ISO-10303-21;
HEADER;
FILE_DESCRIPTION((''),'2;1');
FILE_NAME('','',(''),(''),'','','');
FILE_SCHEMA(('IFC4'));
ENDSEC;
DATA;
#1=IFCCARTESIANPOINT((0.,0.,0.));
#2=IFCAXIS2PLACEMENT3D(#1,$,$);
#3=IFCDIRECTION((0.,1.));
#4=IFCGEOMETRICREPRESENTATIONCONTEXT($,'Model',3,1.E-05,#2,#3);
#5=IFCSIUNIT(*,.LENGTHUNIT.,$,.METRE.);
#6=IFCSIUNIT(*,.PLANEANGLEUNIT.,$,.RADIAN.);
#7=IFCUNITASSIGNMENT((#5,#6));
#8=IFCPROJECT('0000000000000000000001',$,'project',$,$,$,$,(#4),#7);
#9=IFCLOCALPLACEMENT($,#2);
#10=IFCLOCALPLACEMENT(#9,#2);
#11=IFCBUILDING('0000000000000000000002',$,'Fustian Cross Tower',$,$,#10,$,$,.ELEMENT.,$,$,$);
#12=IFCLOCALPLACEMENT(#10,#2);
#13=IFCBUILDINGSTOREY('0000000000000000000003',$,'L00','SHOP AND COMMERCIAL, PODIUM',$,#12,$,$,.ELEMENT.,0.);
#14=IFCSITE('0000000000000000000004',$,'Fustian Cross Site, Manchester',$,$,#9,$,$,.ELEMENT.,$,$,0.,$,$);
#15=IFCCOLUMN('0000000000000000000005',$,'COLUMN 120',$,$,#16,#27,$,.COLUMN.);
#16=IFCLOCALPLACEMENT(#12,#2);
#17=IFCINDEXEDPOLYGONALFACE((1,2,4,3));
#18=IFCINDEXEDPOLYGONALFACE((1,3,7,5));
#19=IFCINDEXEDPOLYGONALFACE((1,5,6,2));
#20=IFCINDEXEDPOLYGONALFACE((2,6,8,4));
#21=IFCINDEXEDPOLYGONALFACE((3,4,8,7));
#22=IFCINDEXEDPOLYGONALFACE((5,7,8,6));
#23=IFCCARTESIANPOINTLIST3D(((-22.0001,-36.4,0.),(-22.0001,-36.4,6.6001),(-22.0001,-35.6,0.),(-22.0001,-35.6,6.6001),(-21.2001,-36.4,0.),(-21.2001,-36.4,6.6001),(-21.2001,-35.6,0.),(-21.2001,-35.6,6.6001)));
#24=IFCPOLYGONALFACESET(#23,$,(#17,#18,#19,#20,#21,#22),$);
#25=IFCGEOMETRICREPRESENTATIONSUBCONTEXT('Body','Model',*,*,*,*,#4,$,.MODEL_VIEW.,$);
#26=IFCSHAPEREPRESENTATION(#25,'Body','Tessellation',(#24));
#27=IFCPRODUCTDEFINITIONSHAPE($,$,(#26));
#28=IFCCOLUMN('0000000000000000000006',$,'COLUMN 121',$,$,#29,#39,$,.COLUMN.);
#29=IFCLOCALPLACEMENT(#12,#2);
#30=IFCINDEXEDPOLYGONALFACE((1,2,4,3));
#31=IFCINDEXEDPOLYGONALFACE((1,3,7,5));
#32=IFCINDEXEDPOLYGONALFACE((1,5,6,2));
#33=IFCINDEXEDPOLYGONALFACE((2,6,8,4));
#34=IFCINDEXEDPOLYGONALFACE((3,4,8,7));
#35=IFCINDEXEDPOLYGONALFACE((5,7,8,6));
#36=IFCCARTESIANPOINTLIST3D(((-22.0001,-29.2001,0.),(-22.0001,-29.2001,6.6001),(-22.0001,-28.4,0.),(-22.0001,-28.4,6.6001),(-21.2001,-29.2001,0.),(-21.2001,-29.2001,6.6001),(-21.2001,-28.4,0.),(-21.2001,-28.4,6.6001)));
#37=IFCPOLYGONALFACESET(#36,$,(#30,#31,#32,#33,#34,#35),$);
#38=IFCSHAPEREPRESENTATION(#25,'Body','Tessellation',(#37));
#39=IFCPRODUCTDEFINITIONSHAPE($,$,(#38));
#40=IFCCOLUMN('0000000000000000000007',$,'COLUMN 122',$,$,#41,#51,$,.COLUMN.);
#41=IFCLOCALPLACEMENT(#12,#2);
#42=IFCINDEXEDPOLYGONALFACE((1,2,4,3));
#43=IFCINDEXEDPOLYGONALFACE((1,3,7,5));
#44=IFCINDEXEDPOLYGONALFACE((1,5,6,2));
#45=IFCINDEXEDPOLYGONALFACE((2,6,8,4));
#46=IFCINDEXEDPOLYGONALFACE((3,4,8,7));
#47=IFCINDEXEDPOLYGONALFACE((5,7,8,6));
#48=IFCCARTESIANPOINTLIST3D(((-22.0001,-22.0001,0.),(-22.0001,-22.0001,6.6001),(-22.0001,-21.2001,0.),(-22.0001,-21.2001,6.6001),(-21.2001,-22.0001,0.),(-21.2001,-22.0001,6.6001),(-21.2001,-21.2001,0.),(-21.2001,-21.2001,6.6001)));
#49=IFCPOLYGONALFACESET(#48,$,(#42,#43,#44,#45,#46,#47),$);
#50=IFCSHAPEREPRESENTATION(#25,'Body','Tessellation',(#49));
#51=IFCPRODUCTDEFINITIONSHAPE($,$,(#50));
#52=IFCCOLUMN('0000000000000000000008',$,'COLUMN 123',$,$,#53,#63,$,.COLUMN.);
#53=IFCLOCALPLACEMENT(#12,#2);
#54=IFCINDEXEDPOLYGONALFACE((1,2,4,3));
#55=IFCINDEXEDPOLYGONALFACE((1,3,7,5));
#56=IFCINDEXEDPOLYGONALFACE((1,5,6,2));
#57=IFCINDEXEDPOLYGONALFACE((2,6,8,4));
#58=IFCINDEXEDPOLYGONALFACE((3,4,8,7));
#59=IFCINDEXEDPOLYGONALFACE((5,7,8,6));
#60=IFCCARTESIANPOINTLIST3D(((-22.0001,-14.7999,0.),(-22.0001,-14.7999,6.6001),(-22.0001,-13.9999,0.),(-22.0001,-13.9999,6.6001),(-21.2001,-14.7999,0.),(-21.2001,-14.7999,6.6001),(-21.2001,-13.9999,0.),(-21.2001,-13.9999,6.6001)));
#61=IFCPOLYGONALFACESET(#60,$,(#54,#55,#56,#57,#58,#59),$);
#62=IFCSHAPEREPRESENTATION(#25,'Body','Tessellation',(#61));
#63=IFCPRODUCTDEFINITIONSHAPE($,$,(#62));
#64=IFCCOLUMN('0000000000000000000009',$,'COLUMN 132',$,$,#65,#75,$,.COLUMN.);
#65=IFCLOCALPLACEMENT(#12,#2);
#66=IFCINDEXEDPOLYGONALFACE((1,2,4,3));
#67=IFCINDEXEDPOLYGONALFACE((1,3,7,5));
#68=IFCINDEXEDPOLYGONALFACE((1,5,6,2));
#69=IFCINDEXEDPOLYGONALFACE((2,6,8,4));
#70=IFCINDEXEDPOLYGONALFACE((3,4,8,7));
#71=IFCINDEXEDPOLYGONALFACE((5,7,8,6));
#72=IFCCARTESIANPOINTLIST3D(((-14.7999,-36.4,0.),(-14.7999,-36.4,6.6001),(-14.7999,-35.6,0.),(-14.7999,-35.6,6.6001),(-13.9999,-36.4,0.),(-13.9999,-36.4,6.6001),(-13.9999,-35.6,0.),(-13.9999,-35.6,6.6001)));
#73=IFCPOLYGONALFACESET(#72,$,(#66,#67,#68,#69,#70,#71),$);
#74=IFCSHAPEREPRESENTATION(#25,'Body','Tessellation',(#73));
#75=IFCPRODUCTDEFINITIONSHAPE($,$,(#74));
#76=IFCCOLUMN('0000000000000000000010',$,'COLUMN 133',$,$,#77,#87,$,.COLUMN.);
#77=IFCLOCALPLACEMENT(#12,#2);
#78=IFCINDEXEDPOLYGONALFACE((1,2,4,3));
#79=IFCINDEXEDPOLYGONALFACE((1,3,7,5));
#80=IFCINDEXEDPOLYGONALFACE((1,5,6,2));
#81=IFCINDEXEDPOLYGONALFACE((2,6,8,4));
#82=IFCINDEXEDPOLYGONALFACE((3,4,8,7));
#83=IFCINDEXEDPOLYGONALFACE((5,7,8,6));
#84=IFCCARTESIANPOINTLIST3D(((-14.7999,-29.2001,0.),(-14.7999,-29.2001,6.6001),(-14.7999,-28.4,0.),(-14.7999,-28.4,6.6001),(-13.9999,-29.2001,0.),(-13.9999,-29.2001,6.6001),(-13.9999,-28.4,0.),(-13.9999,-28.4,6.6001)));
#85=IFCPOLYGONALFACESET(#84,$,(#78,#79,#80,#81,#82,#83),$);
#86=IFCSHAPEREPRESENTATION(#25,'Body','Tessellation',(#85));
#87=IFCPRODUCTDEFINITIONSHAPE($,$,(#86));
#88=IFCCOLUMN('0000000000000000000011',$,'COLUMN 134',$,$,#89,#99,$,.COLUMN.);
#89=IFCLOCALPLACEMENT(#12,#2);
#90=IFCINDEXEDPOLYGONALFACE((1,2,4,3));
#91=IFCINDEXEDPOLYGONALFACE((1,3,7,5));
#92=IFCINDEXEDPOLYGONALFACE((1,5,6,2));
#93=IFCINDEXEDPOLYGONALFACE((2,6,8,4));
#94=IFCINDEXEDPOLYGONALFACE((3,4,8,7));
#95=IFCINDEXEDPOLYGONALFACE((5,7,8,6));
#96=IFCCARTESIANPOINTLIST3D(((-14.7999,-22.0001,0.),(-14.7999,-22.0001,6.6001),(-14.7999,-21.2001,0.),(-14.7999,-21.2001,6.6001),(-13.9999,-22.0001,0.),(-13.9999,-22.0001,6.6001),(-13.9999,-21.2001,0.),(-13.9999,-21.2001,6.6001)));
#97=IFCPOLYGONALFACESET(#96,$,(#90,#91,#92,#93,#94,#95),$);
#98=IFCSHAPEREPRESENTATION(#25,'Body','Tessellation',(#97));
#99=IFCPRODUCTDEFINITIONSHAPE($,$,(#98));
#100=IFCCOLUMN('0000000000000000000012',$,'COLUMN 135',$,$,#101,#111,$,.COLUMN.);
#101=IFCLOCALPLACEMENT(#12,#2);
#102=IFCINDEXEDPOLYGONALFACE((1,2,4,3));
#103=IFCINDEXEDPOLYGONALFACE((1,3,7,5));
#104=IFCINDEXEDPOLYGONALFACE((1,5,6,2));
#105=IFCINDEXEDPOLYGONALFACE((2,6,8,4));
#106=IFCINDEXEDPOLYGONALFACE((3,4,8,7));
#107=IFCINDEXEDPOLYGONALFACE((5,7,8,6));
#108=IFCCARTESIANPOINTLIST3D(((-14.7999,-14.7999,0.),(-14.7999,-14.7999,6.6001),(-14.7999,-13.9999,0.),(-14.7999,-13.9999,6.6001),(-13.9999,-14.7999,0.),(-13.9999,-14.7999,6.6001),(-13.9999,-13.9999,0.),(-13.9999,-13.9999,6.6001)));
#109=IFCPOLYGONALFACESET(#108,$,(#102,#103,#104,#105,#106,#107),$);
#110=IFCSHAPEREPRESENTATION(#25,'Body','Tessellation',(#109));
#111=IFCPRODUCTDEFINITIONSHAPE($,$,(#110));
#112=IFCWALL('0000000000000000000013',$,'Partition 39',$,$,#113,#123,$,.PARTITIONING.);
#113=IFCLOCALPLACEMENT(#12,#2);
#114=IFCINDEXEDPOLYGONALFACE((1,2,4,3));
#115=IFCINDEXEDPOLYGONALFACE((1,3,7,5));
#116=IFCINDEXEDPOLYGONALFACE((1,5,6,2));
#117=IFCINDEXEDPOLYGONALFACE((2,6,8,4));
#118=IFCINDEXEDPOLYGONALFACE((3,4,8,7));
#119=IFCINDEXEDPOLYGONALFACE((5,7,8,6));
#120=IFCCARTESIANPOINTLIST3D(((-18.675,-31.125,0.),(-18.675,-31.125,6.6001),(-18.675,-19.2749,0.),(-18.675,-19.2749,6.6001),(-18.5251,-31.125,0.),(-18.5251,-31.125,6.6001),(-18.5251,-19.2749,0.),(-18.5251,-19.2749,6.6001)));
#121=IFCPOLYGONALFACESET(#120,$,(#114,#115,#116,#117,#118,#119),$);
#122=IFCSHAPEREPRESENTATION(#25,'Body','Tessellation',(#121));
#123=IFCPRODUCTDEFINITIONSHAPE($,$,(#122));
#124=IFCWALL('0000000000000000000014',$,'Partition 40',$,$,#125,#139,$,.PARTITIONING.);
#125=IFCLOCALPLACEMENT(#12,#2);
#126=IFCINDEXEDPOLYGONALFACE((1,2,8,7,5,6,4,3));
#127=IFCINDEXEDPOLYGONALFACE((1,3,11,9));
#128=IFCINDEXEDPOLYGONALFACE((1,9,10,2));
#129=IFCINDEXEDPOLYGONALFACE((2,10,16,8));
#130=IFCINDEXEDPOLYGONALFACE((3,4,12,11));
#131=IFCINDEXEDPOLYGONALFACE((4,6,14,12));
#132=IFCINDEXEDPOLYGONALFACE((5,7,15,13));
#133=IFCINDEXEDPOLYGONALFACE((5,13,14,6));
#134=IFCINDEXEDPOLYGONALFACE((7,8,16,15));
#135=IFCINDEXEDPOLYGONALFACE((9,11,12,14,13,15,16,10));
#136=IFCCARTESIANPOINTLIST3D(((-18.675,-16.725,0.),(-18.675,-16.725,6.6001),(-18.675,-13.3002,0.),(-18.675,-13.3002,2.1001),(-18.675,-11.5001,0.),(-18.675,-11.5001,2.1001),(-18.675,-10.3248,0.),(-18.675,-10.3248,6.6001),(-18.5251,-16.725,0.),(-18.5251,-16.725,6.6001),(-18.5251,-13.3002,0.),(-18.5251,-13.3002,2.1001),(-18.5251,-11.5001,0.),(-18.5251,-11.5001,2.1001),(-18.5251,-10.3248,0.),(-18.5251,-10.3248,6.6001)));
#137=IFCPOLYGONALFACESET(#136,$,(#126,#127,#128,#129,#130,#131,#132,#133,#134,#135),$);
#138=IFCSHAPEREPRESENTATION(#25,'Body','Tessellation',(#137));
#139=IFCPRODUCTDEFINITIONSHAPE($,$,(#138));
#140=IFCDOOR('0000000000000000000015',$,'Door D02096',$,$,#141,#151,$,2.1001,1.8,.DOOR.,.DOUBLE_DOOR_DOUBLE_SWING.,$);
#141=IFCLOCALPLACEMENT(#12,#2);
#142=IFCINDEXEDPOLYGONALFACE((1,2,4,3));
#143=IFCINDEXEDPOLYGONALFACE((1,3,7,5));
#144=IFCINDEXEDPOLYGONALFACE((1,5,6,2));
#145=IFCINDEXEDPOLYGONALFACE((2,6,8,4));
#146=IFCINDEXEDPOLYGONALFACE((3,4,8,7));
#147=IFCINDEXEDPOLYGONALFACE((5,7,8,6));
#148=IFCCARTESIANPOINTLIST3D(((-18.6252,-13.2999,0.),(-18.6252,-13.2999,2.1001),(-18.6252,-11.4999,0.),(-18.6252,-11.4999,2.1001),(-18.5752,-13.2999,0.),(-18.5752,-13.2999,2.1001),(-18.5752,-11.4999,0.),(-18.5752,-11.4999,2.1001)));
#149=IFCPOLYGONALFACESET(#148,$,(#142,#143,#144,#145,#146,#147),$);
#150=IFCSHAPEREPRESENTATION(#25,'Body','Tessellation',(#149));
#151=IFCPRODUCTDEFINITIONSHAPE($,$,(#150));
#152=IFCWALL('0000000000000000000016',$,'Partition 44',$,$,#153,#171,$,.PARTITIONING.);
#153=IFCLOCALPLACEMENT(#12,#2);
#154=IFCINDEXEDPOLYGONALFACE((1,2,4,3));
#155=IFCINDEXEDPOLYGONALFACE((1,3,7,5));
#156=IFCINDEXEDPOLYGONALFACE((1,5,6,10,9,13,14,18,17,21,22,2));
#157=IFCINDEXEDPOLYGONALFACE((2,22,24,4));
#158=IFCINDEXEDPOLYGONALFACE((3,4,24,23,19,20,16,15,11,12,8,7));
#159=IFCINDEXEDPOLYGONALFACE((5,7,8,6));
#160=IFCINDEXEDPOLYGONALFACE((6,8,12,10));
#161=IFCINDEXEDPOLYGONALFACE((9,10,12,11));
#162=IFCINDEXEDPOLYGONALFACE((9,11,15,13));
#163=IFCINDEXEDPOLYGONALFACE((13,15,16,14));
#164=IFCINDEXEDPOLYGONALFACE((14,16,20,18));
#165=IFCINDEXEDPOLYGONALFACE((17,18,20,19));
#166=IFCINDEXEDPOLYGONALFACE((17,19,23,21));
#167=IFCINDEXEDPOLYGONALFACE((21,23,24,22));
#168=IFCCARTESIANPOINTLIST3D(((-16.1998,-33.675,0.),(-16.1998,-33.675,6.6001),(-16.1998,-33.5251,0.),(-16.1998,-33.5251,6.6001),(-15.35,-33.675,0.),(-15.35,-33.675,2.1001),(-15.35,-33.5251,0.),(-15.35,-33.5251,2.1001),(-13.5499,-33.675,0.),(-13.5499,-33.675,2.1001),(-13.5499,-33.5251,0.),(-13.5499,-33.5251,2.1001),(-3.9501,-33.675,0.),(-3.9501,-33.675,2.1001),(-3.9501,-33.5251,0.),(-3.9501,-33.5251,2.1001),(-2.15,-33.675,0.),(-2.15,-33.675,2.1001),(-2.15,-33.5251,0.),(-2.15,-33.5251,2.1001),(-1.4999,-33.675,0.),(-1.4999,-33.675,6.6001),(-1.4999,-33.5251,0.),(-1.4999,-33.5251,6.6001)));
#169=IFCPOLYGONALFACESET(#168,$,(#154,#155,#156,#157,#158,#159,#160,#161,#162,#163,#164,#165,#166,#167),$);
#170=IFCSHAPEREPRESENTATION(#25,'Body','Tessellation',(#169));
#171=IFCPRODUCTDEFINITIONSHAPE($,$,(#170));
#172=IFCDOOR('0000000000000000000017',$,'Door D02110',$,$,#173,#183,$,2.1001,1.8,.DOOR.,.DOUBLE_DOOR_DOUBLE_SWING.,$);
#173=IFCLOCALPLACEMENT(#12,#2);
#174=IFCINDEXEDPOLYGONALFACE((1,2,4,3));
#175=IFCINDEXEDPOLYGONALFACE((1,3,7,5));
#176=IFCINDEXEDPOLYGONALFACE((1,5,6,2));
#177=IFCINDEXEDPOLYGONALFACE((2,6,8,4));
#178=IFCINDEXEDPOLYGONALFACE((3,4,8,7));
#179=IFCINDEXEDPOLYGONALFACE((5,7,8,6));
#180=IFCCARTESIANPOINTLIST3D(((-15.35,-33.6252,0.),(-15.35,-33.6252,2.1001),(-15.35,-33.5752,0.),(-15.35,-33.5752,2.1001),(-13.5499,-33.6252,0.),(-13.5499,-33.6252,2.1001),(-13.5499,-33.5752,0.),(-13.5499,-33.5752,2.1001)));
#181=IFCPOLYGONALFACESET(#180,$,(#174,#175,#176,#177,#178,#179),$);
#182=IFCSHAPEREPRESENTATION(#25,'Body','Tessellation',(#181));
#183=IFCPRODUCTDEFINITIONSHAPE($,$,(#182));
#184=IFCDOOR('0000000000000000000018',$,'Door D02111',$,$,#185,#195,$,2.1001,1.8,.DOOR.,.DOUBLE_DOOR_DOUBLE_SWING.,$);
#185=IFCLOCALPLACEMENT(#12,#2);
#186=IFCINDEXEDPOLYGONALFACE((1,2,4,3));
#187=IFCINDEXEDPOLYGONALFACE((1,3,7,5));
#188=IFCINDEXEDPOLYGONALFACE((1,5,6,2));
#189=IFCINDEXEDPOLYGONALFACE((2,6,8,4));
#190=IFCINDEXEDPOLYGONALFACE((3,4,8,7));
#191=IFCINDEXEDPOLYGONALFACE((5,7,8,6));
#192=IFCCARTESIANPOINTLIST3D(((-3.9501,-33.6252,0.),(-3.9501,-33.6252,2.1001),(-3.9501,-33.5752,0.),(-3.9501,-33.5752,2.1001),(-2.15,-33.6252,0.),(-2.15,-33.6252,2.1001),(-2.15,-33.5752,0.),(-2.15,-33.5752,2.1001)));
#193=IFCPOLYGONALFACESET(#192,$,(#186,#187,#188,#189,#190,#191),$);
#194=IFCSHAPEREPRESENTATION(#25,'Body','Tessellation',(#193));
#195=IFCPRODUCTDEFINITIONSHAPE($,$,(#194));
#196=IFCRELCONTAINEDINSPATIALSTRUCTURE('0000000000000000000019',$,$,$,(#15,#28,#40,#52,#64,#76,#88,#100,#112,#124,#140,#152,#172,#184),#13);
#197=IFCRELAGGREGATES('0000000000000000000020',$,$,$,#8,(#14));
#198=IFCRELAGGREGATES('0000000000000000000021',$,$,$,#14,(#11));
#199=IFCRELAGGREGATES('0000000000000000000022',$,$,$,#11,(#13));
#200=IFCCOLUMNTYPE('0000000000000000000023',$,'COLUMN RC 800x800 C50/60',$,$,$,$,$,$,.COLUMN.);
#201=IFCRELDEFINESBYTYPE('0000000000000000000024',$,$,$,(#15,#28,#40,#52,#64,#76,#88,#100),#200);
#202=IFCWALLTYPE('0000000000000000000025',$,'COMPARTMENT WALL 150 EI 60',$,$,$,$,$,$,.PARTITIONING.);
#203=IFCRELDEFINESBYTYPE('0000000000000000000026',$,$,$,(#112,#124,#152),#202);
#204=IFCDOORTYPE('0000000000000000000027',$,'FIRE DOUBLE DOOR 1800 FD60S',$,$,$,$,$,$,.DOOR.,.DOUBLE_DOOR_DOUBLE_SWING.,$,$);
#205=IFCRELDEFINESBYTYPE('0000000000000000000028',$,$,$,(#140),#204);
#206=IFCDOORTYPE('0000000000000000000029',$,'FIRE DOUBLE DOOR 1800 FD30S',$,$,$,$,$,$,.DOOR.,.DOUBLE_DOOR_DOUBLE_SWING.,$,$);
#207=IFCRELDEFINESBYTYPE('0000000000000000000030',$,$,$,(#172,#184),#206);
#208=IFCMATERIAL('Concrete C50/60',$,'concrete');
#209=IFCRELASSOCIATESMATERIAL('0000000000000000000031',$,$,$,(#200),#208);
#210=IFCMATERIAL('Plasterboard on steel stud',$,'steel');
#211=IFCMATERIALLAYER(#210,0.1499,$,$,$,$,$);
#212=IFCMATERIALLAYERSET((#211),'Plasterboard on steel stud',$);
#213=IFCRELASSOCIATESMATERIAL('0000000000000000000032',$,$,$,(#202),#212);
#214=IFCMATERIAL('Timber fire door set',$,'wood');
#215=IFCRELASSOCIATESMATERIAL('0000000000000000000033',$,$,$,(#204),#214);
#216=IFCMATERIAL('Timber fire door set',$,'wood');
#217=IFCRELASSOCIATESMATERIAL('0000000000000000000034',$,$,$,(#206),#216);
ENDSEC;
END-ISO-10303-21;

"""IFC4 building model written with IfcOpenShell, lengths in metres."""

from ifc_helpers import new_model, si_unit, direction, frame, frame_2d, origin, origin_2d, place, context, subcontext, project, spatial, rectangle, extrude, material, layer, layer_set, material_profile, profile_set, type_object, element, fill, save


model = new_model("IFC4")

# Units and contexts
model_context = context("Model", 3, precision=1e-05, world=origin(), true_north=direction((0.0, 1.0)))
body_context = subcontext(model_context, "Body", "Model", "MODEL_VIEW")
ifc_project = project(units=[si_unit("LENGTHUNIT", "METRE"), si_unit("PLANEANGLEUNIT", "RADIAN")], contexts=[model_context])

# Site, building, storey
site_placement = place(None, origin())
site = spatial("IfcSite", under=ifc_project, at=site_placement, Name="Fustian Cross Site, Manchester", CompositionType="ELEMENT", RefElevation=0.0)
building_placement = place(site_placement, origin())
building = spatial("IfcBuilding", under=site, at=building_placement, Name="Fustian Cross Tower", CompositionType="ELEMENT")
storey_placement = place(building_placement, origin())
storey = spatial("IfcBuildingStorey", under=building, at=storey_placement, Name="L00", Description="SHOP AND COMMERCIAL, PODIUM", CompositionType="ELEMENT", Elevation=0.0)

# Columns
ifc_material_1 = material(Name="Concrete C50/60", Category="concrete")
ifc_material_profile = material_profile(ifc_material_1, rectangle(XDim=0.8, YDim=0.8, at=origin_2d()), Name="RC 800x800")
ifc_profile_set = profile_set([ifc_material_profile], Name="Concrete C50/60")
column_type = type_object("IfcColumnType", Name="COLUMN RC 800x800 C50/60", PredefinedType="COLUMN", material=ifc_profile_set)
for number, where, z_axis, x_axis, name in (
    (1, (-21.6001, -36.0, 0.0), (0.0, 0.0, 1.0), (1.0, 0.0, 0.0), "COLUMN 120"),
    (2, (-21.6001, -28.8, 0.0), (0.0, 0.0, 1.0), (1.0, 0.0, 0.0), "COLUMN 121"),
    (3, (-21.6001, -21.6001, 0.0), (0.0, 0.0, 1.0), (1.0, 0.0, 0.0), "COLUMN 122"),
    (4, (-21.6001, -14.3999, 0.0), (0.0, 0.0, 1.0), (1.0, 0.0, 0.0), "COLUMN 123"),
    (5, (-14.3999, -36.0, 0.0), (0.0, 0.0, 1.0), (1.0, 0.0, 0.0), "COLUMN 132"),
    (6, (-14.3999, -28.8, 0.0), (0.0, 0.0, 1.0), (1.0, 0.0, 0.0), "COLUMN 133"),
    (7, (-14.3999, -21.6001, 0.0), (0.0, 0.0, 1.0), (1.0, 0.0, 0.0), "COLUMN 134"),
    (8, (-14.3999, -14.3999, 0.0), (0.0, 0.0, 1.0), (1.0, 0.0, 0.0), "COLUMN 135"),
):
    element("IfcColumn", number, at=place(storey_placement, frame(where, z_axis=z_axis, x_axis=x_axis)), inside=storey, type_object=column_type, Name=name, PredefinedType="COLUMN", context=body_context, shape_type="SweptSolid", body=[
        extrude(rectangle(XDim=0.8, YDim=0.8, at=origin_2d()), origin(), (0.0, 0.0, 1.0), 6.6001),
    ])

# Wall
ifc_material_2 = material(Name="Plasterboard on steel stud", Category="steel")
ifc_layer = layer(ifc_material_2, 0.1499)
ifc_layer_set = layer_set([ifc_layer], Name="Plasterboard on steel stud")
wall_type = type_object("IfcWallType", Name="COMPARTMENT WALL 150 EI 60", PredefinedType="PARTITIONING", material=ifc_layer_set)
wall_1_placement = place(storey_placement, frame((-18.6001, -31.125, 0.0), z_axis=(0.0, 0.0, 1.0), x_axis=(0.0, 1.0, 0.0)))
element("IfcWall", 9, at=wall_1_placement, inside=storey, type_object=wall_type, Name="Partition 39", PredefinedType="PARTITIONING", context=body_context, shape_type="SweptSolid", body=[
    extrude(rectangle(XDim=11.8501, YDim=0.1499, at=frame_2d((5.925, 0.0))), origin(), (0.0, 0.0, 1.0), 6.6001),
])

# Wall, opening, door
wall_2_placement = place(storey_placement, frame((-18.6001, -16.7251, 0.0), z_axis=(0.0, 0.0, 1.0), x_axis=(0.0, 1.0, 0.0)))
wall_2 = element("IfcWall", 10, at=wall_2_placement, inside=storey, type_object=wall_type, Name="Partition 40", PredefinedType="PARTITIONING", context=body_context, shape_type="SweptSolid", body=[
    extrude(rectangle(XDim=6.4001, YDim=0.1499, at=frame_2d((3.2002, 0.0))), origin(), (0.0, 0.0, 1.0), 6.6001),
])
opening_1_placement = place(wall_2_placement, frame((3.425, 0.0, 0.0)))
opening_1 = element("IfcOpeningElement", 11, at=opening_1_placement, cuts=wall_2, PredefinedType="OPENING", context=body_context, shape_type="SweptSolid", body=[
    extrude(rectangle(XDim=1.8, YDim=2.1001, at=frame_2d((0.8999, 1.05))), frame((0.0, 0.085, 0.0), z_axis=(0.0, -1.0, 0.0), x_axis=(1.0, 0.0, 0.0)), (0.0, 0.0, 1.0), 0.1699),
])
ifc_material_3 = material(Name="Timber fire door set", Category="wood")
door_type_1 = type_object("IfcDoorType", Name="FIRE DOUBLE DOOR 1800 FD60S", OperationType="DOUBLE_DOOR_DOUBLE_SWING", PredefinedType="DOOR", material=ifc_material_3)
door_1_placement = place(opening_1_placement, frame((1.8, 0.0, 0.0), z_axis=(0.0, 0.0, 1.0), x_axis=(-1.0, 0.0, 0.0)))
door_1 = element("IfcDoor", 12, at=door_1_placement, inside=storey, type_object=door_type_1, Name="Door D02096", OperationType="DOUBLE_DOOR_DOUBLE_SWING", OverallHeight=2.1001, OverallWidth=1.8, PredefinedType="DOOR", context=body_context, shape_type="SweptSolid", body=[
    extrude(rectangle(XDim=1.8, YDim=2.1001, at=frame_2d((0.8999, 1.05))), frame((0.0, 0.0249, 0.0), z_axis=(0.0, -1.0, 0.0), x_axis=(1.0, 0.0, 0.0)), (0.0, 0.0, 1.0), 0.05),
])
fill(opening_1, door_1)

# Wall, openings, doors
wall_3_placement = place(storey_placement, frame((-16.2, -33.6001, 0.0), z_axis=(0.0, 0.0, 1.0), x_axis=(1.0, 0.0, 0.0)))
wall_3 = element("IfcWall", 13, at=wall_3_placement, inside=storey, type_object=wall_type, Name="Partition 44", PredefinedType="PARTITIONING", context=body_context, shape_type="SweptSolid", body=[
    extrude(rectangle(XDim=14.7, YDim=0.1499, at=frame_2d((7.3501, 0.0))), origin(), (0.0, 0.0, 1.0), 6.6001),
])
opening_2_placement = place(wall_3_placement, frame((0.8501, 0.0, 0.0)))
opening_2 = element("IfcOpeningElement", 14, at=opening_2_placement, cuts=wall_3, PredefinedType="OPENING", context=body_context, shape_type="SweptSolid", body=[
    extrude(rectangle(XDim=1.8, YDim=2.1001, at=frame_2d((0.8999, 1.05))), frame((0.0, 0.085, 0.0), z_axis=(0.0, -1.0, 0.0), x_axis=(1.0, 0.0, 0.0)), (0.0, 0.0, 1.0), 0.1699),
])
opening_3_placement = place(wall_3_placement, frame((12.25, 0.0, 0.0)))
opening_3 = element("IfcOpeningElement", 15, at=opening_3_placement, cuts=wall_3, PredefinedType="OPENING", context=body_context, shape_type="SweptSolid", body=[
    extrude(rectangle(XDim=1.8, YDim=2.1001, at=frame_2d((0.8999, 1.05))), frame((0.0, 0.085, 0.0), z_axis=(0.0, -1.0, 0.0), x_axis=(1.0, 0.0, 0.0)), (0.0, 0.0, 1.0), 0.1699),
])
ifc_material_4 = material(Name="Timber fire door set", Category="wood")
door_type_2 = type_object("IfcDoorType", Name="FIRE DOUBLE DOOR 1800 FD30S", OperationType="DOUBLE_DOOR_DOUBLE_SWING", PredefinedType="DOOR", material=ifc_material_4)
door_2_placement = place(opening_2_placement, origin())
door_2 = element("IfcDoor", 16, at=door_2_placement, inside=storey, type_object=door_type_2, Name="Door D02110", OperationType="DOUBLE_DOOR_DOUBLE_SWING", OverallHeight=2.1001, OverallWidth=1.8, PredefinedType="DOOR", context=body_context, shape_type="SweptSolid", body=[
    extrude(rectangle(XDim=1.8, YDim=2.1001, at=frame_2d((0.8999, 1.05))), frame((0.0, 0.0249, 0.0), z_axis=(0.0, -1.0, 0.0), x_axis=(1.0, 0.0, 0.0)), (0.0, 0.0, 1.0), 0.05),
])
fill(opening_2, door_2)
door_3_placement = place(opening_3_placement, origin())
door_3 = element("IfcDoor", 17, at=door_3_placement, inside=storey, type_object=door_type_2, Name="Door D02111", OperationType="DOUBLE_DOOR_DOUBLE_SWING", OverallHeight=2.1001, OverallWidth=1.8, PredefinedType="DOOR", context=body_context, shape_type="SweptSolid", body=[
    extrude(rectangle(XDim=1.8, YDim=2.1001, at=frame_2d((0.8999, 1.05))), frame((0.0, 0.0249, 0.0), z_axis=(0.0, -1.0, 0.0), x_axis=(1.0, 0.0, 0.0)), (0.0, 0.0, 1.0), 0.05),
])
fill(opening_3, door_3)

save(model, "model.ifc")
